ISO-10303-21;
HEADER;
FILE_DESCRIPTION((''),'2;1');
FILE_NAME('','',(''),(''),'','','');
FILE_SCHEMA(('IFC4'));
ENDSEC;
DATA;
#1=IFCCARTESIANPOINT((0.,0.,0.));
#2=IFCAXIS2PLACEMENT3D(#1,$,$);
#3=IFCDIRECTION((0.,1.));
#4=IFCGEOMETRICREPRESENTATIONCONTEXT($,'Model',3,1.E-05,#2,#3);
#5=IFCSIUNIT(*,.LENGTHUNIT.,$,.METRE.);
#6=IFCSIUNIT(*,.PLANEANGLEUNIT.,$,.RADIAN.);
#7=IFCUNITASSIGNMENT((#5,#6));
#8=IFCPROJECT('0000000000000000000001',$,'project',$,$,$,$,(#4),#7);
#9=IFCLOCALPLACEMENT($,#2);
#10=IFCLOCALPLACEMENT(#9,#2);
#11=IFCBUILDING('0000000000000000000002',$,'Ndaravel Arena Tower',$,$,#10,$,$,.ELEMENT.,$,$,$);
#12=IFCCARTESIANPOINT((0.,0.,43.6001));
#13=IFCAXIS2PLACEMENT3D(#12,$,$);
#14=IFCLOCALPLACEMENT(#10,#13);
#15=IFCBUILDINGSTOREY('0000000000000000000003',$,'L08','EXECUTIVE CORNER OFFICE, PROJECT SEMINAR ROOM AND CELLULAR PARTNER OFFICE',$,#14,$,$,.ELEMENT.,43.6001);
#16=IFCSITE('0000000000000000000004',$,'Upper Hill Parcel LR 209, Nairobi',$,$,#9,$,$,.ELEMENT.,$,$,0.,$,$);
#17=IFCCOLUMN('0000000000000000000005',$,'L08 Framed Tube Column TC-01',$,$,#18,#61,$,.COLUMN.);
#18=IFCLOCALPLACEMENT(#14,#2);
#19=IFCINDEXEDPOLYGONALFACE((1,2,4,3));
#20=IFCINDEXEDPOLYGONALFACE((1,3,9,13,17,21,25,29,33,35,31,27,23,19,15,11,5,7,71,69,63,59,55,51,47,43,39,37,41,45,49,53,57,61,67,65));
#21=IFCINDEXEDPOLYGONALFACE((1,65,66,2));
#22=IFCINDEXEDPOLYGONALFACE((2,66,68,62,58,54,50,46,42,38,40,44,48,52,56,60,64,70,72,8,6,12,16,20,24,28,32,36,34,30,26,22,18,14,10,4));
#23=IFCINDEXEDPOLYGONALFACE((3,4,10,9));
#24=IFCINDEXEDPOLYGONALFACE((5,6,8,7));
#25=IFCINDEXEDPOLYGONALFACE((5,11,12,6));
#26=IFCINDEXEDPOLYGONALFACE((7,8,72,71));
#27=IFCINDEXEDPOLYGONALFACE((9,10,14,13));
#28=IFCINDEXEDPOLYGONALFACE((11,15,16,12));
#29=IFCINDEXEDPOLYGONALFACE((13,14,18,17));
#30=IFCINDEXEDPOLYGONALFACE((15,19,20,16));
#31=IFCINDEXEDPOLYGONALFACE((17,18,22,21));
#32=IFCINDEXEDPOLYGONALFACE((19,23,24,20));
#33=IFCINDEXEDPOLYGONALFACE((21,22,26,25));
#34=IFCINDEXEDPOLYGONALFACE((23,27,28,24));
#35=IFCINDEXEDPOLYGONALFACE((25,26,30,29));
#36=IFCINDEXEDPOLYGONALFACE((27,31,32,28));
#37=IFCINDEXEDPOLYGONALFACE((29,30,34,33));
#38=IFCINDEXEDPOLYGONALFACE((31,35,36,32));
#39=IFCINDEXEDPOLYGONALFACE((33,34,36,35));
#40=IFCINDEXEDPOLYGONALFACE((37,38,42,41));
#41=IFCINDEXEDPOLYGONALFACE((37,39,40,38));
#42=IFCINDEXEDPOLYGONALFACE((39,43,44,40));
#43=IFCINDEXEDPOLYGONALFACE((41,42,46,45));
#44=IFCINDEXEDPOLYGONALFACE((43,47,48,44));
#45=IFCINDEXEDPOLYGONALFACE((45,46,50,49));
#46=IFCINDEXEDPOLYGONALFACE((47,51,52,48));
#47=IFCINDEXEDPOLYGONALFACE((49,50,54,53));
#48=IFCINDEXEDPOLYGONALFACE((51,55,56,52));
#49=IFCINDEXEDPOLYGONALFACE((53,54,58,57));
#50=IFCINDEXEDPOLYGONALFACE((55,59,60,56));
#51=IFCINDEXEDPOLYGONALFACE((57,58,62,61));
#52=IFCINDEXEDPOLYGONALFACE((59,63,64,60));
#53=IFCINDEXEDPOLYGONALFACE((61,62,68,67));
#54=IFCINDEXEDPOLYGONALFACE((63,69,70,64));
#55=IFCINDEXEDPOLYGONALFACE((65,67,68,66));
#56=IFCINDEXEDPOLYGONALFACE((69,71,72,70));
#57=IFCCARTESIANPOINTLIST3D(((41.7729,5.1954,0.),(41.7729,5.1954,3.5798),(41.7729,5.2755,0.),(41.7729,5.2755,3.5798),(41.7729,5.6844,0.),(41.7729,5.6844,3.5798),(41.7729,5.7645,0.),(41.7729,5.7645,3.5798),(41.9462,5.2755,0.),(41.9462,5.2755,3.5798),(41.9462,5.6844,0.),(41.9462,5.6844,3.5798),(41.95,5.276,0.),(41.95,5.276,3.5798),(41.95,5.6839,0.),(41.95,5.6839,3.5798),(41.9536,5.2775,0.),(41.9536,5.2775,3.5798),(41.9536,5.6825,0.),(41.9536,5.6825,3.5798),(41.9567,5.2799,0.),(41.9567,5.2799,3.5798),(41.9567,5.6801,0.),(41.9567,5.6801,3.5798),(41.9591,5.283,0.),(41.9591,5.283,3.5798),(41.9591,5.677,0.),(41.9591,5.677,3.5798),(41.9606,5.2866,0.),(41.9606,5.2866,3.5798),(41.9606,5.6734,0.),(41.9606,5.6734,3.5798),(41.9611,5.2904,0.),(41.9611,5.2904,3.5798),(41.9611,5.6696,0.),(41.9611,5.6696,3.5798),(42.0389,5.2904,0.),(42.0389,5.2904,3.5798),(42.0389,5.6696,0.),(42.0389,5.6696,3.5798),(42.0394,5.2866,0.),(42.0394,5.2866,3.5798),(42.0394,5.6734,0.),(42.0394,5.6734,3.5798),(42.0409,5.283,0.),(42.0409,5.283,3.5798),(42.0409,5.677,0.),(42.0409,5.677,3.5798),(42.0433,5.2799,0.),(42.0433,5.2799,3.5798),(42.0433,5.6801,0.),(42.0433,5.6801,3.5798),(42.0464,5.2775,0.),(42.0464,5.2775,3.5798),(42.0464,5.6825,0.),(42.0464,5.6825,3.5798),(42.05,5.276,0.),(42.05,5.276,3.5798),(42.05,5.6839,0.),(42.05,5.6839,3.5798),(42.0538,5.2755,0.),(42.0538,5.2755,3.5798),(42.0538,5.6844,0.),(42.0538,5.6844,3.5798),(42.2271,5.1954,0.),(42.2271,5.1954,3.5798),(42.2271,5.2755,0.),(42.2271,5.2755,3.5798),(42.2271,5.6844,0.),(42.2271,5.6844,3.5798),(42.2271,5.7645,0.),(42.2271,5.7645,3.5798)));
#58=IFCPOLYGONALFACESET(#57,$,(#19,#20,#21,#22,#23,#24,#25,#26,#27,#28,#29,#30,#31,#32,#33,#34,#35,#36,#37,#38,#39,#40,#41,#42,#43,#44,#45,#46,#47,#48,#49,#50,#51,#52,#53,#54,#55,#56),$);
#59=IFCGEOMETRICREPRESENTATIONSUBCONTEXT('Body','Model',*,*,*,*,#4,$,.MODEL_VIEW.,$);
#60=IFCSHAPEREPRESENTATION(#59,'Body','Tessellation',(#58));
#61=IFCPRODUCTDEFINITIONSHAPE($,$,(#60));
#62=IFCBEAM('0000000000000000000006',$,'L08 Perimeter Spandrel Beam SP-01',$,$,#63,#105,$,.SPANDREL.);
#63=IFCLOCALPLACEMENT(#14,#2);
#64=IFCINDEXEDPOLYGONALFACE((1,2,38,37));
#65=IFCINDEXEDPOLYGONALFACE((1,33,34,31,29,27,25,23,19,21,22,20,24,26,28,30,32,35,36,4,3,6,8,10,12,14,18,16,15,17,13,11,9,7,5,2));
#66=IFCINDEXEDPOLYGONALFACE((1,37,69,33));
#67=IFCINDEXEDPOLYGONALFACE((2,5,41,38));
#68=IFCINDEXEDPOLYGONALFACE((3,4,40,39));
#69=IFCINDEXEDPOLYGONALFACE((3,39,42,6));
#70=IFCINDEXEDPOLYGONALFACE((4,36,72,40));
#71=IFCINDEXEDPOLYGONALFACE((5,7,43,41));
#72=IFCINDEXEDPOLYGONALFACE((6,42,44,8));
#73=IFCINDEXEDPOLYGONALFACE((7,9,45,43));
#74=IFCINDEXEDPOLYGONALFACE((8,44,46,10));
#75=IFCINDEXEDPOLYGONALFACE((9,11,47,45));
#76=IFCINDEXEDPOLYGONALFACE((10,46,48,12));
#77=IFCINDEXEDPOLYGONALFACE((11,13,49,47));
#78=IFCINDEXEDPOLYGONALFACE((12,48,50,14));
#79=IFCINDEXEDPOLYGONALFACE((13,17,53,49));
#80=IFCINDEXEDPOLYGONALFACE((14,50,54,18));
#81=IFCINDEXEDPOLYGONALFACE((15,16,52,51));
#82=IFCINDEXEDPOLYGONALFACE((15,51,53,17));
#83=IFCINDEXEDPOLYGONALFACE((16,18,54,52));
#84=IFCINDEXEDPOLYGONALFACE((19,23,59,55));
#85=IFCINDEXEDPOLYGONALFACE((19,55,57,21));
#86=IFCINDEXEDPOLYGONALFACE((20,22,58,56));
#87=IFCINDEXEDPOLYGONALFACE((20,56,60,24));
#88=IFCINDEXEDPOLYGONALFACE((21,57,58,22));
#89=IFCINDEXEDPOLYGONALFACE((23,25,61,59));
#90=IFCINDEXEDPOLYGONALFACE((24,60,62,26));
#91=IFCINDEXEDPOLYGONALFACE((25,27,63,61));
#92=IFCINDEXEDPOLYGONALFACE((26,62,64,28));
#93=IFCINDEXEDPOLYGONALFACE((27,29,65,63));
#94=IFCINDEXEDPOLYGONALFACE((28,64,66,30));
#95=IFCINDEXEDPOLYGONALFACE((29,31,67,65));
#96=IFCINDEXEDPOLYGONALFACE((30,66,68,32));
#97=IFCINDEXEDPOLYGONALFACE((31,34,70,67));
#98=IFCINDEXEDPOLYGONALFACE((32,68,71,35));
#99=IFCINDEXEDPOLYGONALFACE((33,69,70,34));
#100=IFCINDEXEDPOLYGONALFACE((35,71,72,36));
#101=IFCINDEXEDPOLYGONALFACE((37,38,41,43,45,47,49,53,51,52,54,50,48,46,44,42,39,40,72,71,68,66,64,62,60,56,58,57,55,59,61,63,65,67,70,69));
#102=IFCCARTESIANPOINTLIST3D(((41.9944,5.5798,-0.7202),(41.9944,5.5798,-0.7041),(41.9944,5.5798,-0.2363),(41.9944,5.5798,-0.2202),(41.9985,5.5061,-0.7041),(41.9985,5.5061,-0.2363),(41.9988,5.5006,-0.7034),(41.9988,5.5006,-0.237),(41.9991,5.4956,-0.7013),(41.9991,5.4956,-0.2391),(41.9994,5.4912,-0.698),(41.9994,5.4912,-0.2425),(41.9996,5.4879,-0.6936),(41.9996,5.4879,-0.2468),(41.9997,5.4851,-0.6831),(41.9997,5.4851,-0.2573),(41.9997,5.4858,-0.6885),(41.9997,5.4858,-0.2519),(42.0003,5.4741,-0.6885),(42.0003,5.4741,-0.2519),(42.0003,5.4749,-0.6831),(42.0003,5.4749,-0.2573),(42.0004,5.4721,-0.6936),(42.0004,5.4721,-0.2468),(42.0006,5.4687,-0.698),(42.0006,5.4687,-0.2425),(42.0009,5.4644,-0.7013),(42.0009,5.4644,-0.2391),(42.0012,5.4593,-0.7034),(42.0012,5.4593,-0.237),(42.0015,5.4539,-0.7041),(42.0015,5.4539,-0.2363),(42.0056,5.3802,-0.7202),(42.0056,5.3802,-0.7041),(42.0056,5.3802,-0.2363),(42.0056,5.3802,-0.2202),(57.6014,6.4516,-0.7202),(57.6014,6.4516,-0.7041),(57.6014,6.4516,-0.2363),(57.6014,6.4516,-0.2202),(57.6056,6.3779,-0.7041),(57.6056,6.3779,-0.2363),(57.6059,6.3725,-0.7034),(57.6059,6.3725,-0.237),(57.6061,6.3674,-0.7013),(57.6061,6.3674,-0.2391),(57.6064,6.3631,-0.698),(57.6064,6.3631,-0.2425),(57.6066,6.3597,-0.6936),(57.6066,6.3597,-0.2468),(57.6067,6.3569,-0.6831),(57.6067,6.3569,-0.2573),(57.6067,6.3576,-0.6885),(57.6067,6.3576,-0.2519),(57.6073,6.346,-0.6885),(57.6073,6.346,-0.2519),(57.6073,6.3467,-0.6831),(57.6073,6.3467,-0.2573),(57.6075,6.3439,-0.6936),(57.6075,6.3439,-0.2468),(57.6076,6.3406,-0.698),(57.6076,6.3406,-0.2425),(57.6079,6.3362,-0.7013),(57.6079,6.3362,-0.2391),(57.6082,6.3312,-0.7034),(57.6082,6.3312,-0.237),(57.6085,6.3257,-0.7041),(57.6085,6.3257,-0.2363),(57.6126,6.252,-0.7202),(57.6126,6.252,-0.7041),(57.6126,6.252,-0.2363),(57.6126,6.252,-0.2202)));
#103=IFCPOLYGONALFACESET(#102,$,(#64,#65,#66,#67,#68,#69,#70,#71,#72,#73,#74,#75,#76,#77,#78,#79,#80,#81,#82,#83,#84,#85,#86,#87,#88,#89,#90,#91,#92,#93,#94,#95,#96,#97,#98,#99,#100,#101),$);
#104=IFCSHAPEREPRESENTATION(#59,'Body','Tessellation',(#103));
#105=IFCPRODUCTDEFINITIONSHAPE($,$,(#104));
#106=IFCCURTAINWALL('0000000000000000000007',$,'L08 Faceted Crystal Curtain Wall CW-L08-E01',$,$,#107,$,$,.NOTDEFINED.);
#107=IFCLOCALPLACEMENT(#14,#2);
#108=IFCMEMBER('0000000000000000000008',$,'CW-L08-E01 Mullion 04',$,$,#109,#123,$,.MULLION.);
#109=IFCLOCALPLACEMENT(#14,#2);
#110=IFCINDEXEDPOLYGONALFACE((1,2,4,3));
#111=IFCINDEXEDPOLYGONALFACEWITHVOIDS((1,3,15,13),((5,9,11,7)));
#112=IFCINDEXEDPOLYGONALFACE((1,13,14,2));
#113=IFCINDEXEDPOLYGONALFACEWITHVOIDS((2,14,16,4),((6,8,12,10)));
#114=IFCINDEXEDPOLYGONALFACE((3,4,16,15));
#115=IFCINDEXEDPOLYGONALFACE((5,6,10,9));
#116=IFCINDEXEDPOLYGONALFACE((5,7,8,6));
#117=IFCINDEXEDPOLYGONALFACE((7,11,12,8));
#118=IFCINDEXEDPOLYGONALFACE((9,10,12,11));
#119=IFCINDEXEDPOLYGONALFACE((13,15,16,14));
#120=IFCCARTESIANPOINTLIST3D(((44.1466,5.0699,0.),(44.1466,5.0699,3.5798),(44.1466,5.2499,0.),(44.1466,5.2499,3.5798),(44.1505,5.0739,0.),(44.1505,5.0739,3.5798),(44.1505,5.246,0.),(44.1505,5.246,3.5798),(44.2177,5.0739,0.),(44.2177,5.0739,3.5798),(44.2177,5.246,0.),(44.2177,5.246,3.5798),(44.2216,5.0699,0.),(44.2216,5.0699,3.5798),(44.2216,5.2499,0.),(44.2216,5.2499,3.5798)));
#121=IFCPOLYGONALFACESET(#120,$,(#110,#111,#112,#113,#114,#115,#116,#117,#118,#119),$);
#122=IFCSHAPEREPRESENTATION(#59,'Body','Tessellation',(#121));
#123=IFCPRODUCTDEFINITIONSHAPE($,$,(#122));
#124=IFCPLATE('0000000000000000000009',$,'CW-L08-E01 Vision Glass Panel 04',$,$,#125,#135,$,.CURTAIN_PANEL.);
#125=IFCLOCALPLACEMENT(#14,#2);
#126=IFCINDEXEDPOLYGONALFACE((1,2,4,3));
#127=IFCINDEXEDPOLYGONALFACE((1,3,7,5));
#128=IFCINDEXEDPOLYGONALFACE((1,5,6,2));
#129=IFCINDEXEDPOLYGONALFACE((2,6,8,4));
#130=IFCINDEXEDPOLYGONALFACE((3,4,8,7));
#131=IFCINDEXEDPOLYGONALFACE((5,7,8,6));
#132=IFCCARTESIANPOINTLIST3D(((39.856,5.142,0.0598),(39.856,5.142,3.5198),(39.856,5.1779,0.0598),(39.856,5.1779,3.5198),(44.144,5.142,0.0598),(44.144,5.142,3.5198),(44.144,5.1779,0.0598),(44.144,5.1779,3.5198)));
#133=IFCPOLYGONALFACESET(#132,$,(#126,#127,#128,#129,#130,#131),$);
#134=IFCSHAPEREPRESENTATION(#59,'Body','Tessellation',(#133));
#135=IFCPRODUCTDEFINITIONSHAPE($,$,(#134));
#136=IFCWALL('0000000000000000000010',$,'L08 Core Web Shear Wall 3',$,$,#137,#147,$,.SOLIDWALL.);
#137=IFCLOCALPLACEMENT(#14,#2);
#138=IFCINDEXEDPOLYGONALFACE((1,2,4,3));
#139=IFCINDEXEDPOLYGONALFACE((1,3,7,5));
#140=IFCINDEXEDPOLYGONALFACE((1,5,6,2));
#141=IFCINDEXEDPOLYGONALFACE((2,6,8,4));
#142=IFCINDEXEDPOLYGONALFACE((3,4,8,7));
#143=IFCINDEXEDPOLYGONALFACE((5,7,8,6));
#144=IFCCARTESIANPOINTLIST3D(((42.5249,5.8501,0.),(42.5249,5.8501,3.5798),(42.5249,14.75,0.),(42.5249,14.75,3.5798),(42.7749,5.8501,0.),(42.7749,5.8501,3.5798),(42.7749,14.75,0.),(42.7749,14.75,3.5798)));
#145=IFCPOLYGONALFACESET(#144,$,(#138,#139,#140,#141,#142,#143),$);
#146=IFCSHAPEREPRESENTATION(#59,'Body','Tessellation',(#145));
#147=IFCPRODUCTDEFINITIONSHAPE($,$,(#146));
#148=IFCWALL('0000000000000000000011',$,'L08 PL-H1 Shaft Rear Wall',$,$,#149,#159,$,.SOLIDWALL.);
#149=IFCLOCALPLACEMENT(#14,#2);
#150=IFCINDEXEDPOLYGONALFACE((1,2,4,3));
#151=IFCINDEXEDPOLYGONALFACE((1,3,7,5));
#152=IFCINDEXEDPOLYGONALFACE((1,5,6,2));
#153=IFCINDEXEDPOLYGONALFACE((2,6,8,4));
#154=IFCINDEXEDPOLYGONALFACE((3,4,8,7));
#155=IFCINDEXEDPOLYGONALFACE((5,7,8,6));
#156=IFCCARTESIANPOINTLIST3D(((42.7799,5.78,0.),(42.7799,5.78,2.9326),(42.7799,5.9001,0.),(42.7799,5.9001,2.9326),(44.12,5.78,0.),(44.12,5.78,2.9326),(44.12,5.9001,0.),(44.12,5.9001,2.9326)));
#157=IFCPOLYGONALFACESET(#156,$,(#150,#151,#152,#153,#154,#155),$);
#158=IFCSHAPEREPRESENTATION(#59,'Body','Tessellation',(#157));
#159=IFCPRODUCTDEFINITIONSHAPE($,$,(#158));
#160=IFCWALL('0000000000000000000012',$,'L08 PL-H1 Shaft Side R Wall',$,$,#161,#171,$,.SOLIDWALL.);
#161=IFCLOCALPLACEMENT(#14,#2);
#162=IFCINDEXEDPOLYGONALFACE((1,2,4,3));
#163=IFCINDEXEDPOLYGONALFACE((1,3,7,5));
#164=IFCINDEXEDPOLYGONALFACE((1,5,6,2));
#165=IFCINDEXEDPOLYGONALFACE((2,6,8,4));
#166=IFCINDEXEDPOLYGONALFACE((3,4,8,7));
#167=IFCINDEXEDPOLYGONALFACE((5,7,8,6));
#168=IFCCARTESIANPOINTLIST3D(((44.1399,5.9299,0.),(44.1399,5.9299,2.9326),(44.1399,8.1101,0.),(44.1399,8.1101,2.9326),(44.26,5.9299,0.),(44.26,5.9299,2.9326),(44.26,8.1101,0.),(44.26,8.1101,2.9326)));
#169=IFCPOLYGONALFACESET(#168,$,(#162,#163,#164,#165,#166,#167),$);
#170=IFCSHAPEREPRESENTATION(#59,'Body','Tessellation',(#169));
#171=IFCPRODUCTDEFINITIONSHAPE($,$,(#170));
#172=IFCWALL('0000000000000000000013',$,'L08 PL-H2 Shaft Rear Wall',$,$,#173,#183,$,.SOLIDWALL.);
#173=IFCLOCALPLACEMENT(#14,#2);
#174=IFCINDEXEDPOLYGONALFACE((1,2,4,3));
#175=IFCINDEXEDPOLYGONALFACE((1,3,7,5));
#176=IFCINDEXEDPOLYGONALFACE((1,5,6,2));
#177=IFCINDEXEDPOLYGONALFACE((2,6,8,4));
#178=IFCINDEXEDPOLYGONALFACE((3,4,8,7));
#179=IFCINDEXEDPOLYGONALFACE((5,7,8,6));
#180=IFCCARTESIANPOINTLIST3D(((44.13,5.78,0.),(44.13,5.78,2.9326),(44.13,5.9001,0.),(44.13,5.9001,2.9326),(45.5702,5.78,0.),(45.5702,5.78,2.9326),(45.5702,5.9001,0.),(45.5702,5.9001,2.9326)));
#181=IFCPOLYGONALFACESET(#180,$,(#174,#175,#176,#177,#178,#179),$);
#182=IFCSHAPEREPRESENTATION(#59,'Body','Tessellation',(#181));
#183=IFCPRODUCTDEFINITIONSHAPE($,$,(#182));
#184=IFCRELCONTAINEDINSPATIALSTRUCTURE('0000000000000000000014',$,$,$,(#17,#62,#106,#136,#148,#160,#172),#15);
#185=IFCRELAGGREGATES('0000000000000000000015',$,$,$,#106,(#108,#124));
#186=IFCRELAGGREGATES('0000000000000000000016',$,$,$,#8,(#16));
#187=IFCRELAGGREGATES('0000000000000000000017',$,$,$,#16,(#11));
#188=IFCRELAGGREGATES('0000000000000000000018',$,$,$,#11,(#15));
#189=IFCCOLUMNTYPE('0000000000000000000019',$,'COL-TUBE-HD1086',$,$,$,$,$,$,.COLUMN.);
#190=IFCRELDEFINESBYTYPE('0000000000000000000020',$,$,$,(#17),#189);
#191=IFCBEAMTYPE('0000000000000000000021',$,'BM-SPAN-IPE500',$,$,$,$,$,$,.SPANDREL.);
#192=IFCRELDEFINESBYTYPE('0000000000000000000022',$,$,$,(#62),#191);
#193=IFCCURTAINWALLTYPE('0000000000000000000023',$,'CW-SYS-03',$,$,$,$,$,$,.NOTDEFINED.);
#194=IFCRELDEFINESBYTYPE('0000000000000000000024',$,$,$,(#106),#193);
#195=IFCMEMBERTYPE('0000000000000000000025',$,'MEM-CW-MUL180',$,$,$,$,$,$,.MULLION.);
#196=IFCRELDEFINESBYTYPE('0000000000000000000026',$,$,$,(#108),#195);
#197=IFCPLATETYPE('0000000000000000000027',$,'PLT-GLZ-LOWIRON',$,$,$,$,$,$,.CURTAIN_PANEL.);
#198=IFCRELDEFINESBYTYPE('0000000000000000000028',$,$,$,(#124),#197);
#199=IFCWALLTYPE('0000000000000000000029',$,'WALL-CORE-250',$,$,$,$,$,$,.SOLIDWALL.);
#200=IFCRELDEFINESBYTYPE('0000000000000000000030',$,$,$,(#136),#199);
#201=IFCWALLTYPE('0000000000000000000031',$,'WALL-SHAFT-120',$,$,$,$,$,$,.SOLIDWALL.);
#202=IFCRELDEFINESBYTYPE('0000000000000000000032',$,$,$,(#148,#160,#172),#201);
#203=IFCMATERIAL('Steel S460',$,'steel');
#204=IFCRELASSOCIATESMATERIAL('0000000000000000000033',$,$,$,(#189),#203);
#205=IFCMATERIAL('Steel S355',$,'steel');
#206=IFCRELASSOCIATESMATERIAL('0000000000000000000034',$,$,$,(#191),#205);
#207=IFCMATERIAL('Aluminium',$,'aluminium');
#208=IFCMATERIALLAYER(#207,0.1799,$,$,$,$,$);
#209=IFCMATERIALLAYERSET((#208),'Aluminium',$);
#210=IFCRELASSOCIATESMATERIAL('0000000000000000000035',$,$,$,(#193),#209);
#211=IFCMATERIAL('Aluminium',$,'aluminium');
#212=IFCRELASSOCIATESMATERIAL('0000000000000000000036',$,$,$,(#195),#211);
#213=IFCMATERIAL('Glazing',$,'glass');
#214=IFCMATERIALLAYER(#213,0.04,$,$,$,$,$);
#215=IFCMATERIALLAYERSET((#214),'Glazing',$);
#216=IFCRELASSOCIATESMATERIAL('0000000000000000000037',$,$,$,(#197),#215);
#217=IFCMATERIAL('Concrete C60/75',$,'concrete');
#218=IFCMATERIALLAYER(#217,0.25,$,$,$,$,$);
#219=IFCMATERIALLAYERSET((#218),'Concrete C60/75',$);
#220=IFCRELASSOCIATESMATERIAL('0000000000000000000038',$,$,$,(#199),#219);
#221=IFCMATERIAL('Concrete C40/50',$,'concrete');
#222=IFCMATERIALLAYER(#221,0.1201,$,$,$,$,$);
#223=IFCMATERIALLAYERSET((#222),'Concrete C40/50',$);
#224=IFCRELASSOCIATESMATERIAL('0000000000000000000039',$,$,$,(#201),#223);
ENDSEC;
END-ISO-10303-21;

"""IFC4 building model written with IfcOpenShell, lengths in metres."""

from ifc_helpers import new_model, si_unit, direction, frame, frame_2d, origin, origin_2d, place, context, subcontext, project, spatial, rectangle, hollow_rectangle, i_section, extrude, material, layer, layer_set, material_profile, profile_set, type_object, element, aggregate, save


model = new_model("IFC4")

# Units and contexts
model_context = context("Model", 3, precision=1e-05, world=origin(), true_north=direction((0.0, 1.0)))
body_context = subcontext(model_context, "Body", "Model", "MODEL_VIEW")
ifc_project = project(units=[si_unit("LENGTHUNIT", "METRE"), si_unit("PLANEANGLEUNIT", "RADIAN")], contexts=[model_context])

# Site, building, storey
site_placement = place(None, origin())
site = spatial("IfcSite", under=ifc_project, at=site_placement, Name="Upper Hill Parcel LR 209, Nairobi", CompositionType="ELEMENT", RefElevation=0.0)
building_placement = place(site_placement, origin())
building = spatial("IfcBuilding", under=site, at=building_placement, Name="Ndaravel Arena Tower", CompositionType="ELEMENT")
storey_placement = place(building_placement, frame((0.0, 0.0, 43.6001)))
storey = spatial("IfcBuildingStorey", under=building, at=storey_placement, Name="L08", Description="EXECUTIVE CORNER OFFICE, PROJECT SEMINAR ROOM AND CELLULAR PARTNER OFFICE", CompositionType="ELEMENT", Elevation=43.6001)

# Column
ifc_material_1 = material(Name="Steel S460", Category="steel")
ifc_material_profile_1 = material_profile(ifc_material_1, i_section(OverallWidth=0.4541, OverallDepth=0.5691, WebThickness=0.0779, FlangeThickness=0.0801, FilletRadius=0.0149, at=origin_2d()), Name="HD 400x1086")
ifc_profile_set_1 = profile_set([ifc_material_profile_1], Name="Steel S460")
column_type = type_object("IfcColumnType", Name="COL-TUBE-HD1086", PredefinedType="COLUMN", material=ifc_profile_set_1)
column_placement = place(storey_placement, frame((42.0, 5.48, 0.0), z_axis=(0.0, 0.0, 1.0), x_axis=(1.0, 0.0, 0.0)))
element("IfcColumn", 1, at=column_placement, inside=storey, type_object=column_type, Name="L08 Framed Tube Column TC-01", PredefinedType="COLUMN", context=body_context, shape_type="SweptSolid", body=[
    extrude(i_section(OverallWidth=0.4541, OverallDepth=0.5691, WebThickness=0.0779, FlangeThickness=0.0801, FilletRadius=0.0149, at=origin_2d()), origin(), (0.0, 0.0, 1.0), 3.5798),
])

# Beam
ifc_material_2 = material(Name="Steel S355", Category="steel")
ifc_material_profile_2 = material_profile(ifc_material_2, i_section(OverallWidth=0.2, OverallDepth=0.5, WebThickness=0.0103, FlangeThickness=0.0161, FilletRadius=0.021, at=origin_2d()), Name="IPE 500")
ifc_profile_set_2 = profile_set([ifc_material_profile_2], Name="Steel S355")
beam_type = type_object("IfcBeamType", Name="BM-SPAN-IPE500", PredefinedType="SPANDREL", material=ifc_profile_set_2)
beam_placement = place(storey_placement, frame((42.0, 5.48, -0.4702), z_axis=(0.998443, 0.055775, 0.0), x_axis=(-0.055775, 0.998443, 0.0)))
element("IfcBeam", 2, at=beam_placement, inside=storey, type_object=beam_type, Name="L08 Perimeter Spandrel Beam SP-01", PredefinedType="SPANDREL", context=body_context, shape_type="SweptSolid", body=[
    extrude(i_section(OverallWidth=0.2, OverallDepth=0.5, WebThickness=0.0103, FlangeThickness=0.0161, FilletRadius=0.021, at=origin_2d()), origin(), (0.0, 0.0, 1.0), 15.6313),
])

# Curtain wall, member, plate
ifc_material_3 = material(Name="Aluminium", Category="aluminium")
ifc_layer_1 = layer(ifc_material_3, 0.1799)
ifc_layer_set_1 = layer_set([ifc_layer_1], Name="Aluminium")
curtain_wall_type = type_object("IfcCurtainWallType", Name="CW-SYS-03", PredefinedType="NOTDEFINED", material=ifc_layer_set_1)
curtain_wall_placement = place(storey_placement, origin())
curtain_wall = element("IfcCurtainWall", 3, at=curtain_wall_placement, inside=storey, type_object=curtain_wall_type, Name="L08 Faceted Crystal Curtain Wall CW-L08-E01", PredefinedType="NOTDEFINED")
ifc_material_4 = material(Name="Aluminium", Category="aluminium")
ifc_material_profile_3 = material_profile(ifc_material_4, hollow_rectangle(XDim=0.075, YDim=0.1799, WallThickness=0.0039, at=origin_2d()), Name="CW MULLION 75x180x4")
ifc_profile_set_3 = profile_set([ifc_material_profile_3], Name="Aluminium")
member_type = type_object("IfcMemberType", Name="MEM-CW-MUL180", PredefinedType="MULLION", material=ifc_profile_set_3)
member_placement = place(storey_placement, frame((44.1841, 5.1599, 0.0), z_axis=(0.0, 0.0, 1.0), x_axis=(1.0, 0.0, 0.0)))
member = element("IfcMember", 4, at=member_placement, type_object=member_type, Name="CW-L08-E01 Mullion 04", PredefinedType="MULLION", context=body_context, shape_type="SweptSolid", body=[
    extrude(hollow_rectangle(XDim=0.075, YDim=0.1799, WallThickness=0.0039, at=origin_2d()), origin(), (0.0, 0.0, 1.0), 3.5798),
])
ifc_material_5 = material(Name="Glazing", Category="glass")
ifc_layer_2 = layer(ifc_material_5, 0.04)
ifc_layer_set_2 = layer_set([ifc_layer_2], Name="Glazing")
plate_type = type_object("IfcPlateType", Name="PLT-GLZ-LOWIRON", PredefinedType="CURTAIN_PANEL", material=ifc_layer_set_2)
plate_placement = place(storey_placement, frame((42.0, 5.1599, 0.0598), z_axis=(0.0, 0.0, 1.0), x_axis=(1.0, 0.0, 0.0)))
plate = element("IfcPlate", 5, at=plate_placement, type_object=plate_type, Name="CW-L08-E01 Vision Glass Panel 04", PredefinedType="CURTAIN_PANEL", context=body_context, shape_type="SweptSolid", body=[
    extrude(rectangle(XDim=4.2881, YDim=0.0359, at=origin_2d()), origin(), (0.0, 0.0, 1.0), 3.46),
])
aggregate(curtain_wall, [member, plate])

# Walls
ifc_material_6 = material(Name="Concrete C60/75", Category="concrete")
ifc_layer_3 = layer(ifc_material_6, 0.25)
ifc_layer_set_3 = layer_set([ifc_layer_3], Name="Concrete C60/75")
wall_type_1 = type_object("IfcWallType", Name="WALL-CORE-250", PredefinedType="SOLIDWALL", material=ifc_layer_set_3)
wall_1_placement = place(storey_placement, frame((42.6499, 5.8501, 0.0), z_axis=(0.0, 0.0, 1.0), x_axis=(0.0, 1.0, 0.0)))
element("IfcWall", 6, at=wall_1_placement, inside=storey, type_object=wall_type_1, Name="L08 Core Web Shear Wall 3", PredefinedType="SOLIDWALL", context=body_context, shape_type="SweptSolid", body=[
    extrude(rectangle(XDim=8.8999, YDim=0.25, at=frame_2d((4.45, 0.0))), origin(), (0.0, 0.0, 1.0), 3.5798),
])
ifc_material_7 = material(Name="Concrete C40/50", Category="concrete")
ifc_layer_4 = layer(ifc_material_7, 0.1201)
ifc_layer_set_4 = layer_set([ifc_layer_4], Name="Concrete C40/50")
wall_type_2 = type_object("IfcWallType", Name="WALL-SHAFT-120", PredefinedType="SOLIDWALL", material=ifc_layer_set_4)
wall_2_placement = place(storey_placement, frame((42.78, 5.8401, 0.0), z_axis=(0.0, 0.0, 1.0), x_axis=(1.0, 0.0, 0.0)))
element("IfcWall", 7, at=wall_2_placement, inside=storey, type_object=wall_type_2, Name="L08 PL-H1 Shaft Rear Wall", PredefinedType="SOLIDWALL", context=body_context, shape_type="SweptSolid", body=[
    extrude(rectangle(XDim=1.3401, YDim=0.1201, at=frame_2d((0.6699, 0.0))), origin(), (0.0, 0.0, 1.0), 2.9326),
])
wall_3_placement = place(storey_placement, frame((44.2, 5.9299, 0.0), z_axis=(0.0, 0.0, 1.0), x_axis=(0.0, 1.0, 0.0)))
element("IfcWall", 8, at=wall_3_placement, inside=storey, type_object=wall_type_2, Name="L08 PL-H1 Shaft Side R Wall", PredefinedType="SOLIDWALL", context=body_context, shape_type="SweptSolid", body=[
    extrude(rectangle(XDim=2.1802, YDim=0.1201, at=frame_2d((1.0901, 0.0))), origin(), (0.0, 0.0, 1.0), 2.9326),
])
wall_4_placement = place(storey_placement, frame((44.1299, 5.8401, 0.0), z_axis=(0.0, 0.0, 1.0), x_axis=(1.0, 0.0, 0.0)))
element("IfcWall", 9, at=wall_4_placement, inside=storey, type_object=wall_type_2, Name="L08 PL-H2 Shaft Rear Wall", PredefinedType="SOLIDWALL", context=body_context, shape_type="SweptSolid", body=[
    extrude(rectangle(XDim=1.4402, YDim=0.1201, at=frame_2d((0.7202, 0.0))), origin(), (0.0, 0.0, 1.0), 2.9326),
])

save(model, "model.ifc")
